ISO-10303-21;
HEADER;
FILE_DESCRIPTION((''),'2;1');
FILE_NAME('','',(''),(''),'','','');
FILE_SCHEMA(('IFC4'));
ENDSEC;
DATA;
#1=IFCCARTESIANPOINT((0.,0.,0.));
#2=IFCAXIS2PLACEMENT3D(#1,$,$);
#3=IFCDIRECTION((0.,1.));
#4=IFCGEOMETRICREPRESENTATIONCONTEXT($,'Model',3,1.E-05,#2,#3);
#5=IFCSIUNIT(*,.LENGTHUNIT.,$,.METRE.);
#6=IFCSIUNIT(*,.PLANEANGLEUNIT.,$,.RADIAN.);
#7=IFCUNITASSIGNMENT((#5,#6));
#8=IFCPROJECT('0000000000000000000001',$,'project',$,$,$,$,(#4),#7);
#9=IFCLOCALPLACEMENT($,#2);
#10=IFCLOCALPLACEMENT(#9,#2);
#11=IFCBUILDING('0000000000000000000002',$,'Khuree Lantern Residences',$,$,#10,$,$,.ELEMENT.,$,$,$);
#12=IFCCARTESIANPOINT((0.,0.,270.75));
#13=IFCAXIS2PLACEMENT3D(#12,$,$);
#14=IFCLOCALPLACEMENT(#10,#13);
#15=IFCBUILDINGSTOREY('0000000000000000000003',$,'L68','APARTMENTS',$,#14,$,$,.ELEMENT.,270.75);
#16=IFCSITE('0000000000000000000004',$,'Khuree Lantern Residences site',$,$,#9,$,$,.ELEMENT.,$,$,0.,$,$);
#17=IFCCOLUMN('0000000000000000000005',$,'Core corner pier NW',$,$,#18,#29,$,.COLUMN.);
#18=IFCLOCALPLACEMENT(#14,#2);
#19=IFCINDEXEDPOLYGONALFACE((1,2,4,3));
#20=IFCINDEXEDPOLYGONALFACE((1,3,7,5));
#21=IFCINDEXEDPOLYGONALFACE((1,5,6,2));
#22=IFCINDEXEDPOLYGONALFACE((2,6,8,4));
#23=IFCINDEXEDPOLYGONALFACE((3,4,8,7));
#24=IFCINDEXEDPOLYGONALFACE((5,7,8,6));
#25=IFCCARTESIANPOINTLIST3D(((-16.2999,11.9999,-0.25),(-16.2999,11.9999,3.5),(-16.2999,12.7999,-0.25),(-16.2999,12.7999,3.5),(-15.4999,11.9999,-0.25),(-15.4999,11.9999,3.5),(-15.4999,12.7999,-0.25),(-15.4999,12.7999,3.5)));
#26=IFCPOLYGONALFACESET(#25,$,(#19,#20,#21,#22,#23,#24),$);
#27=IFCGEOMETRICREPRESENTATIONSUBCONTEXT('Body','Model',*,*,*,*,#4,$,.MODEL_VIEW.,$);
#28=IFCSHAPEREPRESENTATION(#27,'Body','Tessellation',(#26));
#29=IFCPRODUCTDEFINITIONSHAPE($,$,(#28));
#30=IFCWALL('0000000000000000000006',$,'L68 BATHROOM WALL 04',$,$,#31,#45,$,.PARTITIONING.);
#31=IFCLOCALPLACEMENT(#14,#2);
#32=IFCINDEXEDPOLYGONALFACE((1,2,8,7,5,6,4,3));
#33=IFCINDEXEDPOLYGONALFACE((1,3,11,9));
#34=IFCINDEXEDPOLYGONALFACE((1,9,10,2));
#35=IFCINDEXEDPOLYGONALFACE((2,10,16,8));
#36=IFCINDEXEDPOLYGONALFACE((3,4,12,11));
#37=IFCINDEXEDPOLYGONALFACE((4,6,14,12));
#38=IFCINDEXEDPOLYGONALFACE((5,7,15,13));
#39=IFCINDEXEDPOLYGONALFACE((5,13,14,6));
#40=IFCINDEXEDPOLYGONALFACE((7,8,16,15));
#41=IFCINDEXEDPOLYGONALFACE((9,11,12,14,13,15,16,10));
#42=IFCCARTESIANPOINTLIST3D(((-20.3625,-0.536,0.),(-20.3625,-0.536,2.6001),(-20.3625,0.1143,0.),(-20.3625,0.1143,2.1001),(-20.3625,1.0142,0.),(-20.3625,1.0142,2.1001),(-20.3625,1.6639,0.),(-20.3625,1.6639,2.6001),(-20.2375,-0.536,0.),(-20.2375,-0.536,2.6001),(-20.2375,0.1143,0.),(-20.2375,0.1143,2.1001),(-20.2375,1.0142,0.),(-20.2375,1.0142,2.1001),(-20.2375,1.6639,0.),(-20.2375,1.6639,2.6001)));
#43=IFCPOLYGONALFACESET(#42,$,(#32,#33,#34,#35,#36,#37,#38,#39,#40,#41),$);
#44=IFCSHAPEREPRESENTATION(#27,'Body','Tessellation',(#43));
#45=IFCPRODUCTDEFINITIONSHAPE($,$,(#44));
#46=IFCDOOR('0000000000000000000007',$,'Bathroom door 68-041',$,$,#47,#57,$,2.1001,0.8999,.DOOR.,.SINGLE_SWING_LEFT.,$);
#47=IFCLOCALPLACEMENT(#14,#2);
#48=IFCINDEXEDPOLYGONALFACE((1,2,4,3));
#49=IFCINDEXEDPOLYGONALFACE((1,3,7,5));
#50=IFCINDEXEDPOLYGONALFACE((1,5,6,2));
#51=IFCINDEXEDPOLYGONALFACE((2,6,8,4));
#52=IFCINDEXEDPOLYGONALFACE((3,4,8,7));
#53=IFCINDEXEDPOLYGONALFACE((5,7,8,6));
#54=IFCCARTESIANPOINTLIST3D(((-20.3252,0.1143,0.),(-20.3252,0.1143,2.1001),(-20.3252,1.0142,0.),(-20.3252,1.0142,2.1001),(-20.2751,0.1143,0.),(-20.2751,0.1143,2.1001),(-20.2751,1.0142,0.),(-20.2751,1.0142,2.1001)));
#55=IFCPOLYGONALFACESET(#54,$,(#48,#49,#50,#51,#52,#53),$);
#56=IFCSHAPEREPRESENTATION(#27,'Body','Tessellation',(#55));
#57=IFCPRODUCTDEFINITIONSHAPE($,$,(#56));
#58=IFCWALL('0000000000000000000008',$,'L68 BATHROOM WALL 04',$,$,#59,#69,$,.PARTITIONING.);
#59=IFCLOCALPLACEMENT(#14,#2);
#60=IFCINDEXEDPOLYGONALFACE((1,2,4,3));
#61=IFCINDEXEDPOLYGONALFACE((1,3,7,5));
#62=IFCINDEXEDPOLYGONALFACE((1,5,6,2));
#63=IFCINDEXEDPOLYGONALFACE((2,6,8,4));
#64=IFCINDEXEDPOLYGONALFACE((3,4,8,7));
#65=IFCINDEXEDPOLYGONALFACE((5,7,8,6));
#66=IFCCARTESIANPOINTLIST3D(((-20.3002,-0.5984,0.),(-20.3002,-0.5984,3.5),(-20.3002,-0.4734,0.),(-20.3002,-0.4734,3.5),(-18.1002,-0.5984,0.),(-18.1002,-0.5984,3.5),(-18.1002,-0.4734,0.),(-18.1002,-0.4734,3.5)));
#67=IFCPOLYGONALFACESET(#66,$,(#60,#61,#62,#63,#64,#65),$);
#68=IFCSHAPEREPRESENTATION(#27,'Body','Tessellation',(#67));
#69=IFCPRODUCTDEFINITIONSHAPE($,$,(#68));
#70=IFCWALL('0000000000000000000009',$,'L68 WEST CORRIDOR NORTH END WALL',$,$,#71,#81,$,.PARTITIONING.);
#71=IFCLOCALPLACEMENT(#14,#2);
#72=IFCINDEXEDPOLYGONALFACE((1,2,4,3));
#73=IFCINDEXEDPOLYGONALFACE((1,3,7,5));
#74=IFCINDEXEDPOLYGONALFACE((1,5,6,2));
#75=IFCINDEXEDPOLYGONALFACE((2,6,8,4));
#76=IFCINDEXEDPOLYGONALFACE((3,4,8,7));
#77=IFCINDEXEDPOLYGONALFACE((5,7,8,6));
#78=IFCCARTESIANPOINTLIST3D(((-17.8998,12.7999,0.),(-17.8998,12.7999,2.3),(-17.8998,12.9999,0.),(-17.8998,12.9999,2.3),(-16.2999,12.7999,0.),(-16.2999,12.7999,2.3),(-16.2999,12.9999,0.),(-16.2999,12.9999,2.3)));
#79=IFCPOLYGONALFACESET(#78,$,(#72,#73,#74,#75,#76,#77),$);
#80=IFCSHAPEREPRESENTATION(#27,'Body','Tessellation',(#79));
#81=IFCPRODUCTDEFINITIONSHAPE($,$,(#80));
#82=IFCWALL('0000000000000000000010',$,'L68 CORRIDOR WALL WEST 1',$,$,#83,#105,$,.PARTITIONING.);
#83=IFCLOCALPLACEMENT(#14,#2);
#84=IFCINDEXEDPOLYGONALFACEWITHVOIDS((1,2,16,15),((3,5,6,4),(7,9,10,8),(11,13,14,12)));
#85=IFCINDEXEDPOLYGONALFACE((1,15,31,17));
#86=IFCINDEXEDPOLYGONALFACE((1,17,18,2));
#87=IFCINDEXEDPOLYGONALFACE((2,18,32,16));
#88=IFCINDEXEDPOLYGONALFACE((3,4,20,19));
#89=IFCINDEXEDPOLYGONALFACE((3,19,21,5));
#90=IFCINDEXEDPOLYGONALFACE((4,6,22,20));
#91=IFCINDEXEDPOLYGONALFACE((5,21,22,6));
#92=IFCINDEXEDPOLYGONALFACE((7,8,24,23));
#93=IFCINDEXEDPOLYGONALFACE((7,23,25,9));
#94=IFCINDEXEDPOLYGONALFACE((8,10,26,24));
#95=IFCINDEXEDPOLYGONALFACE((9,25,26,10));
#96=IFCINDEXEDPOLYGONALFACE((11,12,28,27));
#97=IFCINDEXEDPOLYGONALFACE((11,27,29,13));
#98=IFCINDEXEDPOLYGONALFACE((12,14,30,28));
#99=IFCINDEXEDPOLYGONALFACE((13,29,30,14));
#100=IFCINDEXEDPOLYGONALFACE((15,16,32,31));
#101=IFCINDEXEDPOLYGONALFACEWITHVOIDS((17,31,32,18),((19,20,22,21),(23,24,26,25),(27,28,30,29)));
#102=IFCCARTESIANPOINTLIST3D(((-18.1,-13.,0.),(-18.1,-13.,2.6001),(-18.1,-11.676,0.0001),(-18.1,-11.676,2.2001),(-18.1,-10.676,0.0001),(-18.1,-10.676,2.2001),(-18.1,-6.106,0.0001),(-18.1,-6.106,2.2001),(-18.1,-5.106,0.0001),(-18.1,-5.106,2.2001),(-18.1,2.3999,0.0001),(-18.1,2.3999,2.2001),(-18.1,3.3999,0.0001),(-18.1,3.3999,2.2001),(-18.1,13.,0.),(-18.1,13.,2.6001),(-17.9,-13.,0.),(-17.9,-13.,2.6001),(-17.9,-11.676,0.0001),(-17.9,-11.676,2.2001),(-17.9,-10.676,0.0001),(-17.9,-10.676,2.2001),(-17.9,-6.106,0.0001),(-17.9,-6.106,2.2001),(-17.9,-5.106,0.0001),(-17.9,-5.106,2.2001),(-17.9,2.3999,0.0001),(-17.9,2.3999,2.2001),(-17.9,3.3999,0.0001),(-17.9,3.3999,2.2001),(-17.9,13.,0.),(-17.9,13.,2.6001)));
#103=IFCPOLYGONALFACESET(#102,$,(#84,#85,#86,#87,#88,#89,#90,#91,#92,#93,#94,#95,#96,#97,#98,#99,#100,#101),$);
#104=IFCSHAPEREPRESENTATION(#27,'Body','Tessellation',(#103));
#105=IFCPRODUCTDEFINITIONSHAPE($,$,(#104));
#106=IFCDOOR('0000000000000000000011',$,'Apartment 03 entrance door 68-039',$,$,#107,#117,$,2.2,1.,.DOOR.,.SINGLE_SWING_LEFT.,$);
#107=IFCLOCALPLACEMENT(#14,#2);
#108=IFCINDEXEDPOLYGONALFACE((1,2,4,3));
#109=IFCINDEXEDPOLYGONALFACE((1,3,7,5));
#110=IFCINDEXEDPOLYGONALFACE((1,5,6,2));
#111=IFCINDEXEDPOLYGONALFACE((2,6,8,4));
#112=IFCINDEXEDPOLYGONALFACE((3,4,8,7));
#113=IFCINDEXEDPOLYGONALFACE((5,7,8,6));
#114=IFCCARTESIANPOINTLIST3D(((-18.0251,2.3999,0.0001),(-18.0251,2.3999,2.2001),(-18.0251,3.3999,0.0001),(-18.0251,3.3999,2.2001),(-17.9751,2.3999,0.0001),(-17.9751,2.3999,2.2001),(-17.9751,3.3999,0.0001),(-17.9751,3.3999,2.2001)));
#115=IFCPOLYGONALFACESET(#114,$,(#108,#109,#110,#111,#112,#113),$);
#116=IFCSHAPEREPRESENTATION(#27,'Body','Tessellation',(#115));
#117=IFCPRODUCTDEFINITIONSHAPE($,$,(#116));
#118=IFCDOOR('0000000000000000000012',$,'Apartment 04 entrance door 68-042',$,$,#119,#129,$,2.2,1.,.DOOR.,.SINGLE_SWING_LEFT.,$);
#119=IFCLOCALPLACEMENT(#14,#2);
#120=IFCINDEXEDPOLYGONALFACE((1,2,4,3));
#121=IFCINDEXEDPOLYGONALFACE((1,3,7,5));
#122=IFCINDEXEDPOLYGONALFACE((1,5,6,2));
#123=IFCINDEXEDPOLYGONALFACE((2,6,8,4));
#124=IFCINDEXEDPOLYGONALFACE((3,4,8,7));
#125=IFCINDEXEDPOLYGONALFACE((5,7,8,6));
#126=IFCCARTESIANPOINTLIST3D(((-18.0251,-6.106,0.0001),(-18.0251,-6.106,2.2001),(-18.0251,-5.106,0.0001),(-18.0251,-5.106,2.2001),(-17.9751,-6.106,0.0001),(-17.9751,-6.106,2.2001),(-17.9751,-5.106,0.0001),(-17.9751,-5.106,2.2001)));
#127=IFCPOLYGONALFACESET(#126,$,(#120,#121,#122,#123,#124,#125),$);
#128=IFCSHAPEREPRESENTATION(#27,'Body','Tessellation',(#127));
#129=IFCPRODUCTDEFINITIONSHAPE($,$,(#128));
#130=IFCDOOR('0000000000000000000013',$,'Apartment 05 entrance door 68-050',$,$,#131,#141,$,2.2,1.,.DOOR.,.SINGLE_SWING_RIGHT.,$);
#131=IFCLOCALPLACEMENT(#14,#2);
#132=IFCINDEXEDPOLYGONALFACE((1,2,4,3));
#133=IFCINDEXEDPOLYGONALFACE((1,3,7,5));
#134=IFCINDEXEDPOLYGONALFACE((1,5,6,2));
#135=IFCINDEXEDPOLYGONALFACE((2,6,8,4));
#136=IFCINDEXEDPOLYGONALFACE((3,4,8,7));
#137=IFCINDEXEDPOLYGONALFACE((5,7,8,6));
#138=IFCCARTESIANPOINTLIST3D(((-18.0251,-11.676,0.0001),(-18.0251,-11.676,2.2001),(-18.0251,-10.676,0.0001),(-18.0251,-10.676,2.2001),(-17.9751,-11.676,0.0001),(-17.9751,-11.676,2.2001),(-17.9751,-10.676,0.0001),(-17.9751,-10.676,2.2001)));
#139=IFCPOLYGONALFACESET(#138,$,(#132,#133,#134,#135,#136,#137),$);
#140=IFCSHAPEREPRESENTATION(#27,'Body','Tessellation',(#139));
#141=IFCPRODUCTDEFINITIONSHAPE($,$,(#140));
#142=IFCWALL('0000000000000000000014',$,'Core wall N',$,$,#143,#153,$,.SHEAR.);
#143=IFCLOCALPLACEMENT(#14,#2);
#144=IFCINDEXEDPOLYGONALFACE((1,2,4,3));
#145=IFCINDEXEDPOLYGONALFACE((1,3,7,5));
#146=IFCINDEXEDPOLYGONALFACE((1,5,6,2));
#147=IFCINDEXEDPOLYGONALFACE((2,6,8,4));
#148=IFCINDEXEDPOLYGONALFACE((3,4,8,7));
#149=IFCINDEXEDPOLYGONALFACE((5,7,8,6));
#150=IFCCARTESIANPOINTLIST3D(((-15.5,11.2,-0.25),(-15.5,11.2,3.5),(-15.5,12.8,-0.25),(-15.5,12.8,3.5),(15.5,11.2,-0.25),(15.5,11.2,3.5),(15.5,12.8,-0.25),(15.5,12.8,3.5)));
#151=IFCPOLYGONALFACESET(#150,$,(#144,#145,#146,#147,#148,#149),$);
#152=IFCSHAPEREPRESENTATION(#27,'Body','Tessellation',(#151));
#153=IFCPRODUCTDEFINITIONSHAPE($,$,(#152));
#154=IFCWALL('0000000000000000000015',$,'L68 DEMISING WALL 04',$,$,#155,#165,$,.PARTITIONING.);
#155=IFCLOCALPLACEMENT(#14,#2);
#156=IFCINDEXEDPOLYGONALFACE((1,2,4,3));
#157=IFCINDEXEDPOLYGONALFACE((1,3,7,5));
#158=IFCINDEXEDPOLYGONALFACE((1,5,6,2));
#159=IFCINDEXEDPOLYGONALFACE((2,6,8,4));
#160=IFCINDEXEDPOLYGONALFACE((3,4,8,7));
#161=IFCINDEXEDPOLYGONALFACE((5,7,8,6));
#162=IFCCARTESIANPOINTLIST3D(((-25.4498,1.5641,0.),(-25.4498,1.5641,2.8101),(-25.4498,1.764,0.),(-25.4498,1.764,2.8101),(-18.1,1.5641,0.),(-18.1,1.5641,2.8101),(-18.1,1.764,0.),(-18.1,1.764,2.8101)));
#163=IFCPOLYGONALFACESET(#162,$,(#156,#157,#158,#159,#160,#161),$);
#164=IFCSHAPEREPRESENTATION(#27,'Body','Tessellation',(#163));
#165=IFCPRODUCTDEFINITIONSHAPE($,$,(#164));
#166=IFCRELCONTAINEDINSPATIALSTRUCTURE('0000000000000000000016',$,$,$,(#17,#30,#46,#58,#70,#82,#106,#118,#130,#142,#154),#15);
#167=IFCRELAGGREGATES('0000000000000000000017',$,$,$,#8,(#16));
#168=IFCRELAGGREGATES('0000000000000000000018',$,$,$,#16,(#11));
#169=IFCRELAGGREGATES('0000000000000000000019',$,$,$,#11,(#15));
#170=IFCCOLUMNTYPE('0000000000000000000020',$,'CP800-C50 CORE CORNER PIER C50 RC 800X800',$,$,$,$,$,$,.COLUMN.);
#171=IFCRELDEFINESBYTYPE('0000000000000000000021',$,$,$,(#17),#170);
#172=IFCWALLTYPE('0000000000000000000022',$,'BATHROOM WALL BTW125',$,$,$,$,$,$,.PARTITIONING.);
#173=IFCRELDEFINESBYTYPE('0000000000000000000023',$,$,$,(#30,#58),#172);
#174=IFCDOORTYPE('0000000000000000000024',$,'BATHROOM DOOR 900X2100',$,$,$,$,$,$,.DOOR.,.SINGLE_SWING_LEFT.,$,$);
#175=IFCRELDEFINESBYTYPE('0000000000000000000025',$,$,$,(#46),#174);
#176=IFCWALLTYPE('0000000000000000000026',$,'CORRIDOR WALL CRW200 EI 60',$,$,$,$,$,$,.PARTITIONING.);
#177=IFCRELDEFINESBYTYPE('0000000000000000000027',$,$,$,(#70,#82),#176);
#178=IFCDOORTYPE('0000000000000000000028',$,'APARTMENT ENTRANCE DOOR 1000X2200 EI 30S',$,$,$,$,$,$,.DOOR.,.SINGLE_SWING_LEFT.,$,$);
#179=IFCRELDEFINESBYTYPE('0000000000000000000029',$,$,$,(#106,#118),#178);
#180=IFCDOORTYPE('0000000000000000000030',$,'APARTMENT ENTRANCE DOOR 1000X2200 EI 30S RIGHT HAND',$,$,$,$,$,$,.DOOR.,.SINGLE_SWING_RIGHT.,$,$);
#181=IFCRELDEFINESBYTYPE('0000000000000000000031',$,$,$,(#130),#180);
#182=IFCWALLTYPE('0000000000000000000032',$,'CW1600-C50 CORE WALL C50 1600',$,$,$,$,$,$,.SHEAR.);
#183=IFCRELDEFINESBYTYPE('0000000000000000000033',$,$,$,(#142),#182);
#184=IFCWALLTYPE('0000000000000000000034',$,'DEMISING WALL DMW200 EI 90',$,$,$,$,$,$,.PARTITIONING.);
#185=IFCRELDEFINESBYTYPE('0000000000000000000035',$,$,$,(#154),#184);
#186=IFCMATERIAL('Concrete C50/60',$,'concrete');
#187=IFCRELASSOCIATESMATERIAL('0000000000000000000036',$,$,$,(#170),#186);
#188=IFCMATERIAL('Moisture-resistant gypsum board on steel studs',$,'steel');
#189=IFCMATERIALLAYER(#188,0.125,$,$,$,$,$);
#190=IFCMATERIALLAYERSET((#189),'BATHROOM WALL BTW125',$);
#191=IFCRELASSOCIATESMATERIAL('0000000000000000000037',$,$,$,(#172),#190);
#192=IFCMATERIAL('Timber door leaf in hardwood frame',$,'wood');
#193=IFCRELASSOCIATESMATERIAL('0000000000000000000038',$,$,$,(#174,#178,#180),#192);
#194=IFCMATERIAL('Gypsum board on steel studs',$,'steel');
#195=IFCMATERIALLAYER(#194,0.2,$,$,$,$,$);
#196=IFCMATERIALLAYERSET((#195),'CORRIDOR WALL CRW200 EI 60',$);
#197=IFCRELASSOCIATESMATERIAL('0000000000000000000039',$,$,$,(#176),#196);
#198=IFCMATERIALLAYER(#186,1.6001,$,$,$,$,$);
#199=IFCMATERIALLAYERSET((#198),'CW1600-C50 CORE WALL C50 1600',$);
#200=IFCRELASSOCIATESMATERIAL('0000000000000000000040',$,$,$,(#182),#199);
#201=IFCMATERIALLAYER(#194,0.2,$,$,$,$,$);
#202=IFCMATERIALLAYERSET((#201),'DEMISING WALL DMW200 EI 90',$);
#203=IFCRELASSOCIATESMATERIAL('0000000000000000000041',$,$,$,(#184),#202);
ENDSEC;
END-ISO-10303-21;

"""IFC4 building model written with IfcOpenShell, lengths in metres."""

from ifc_helpers import new_model, si_unit, direction, frame, frame_2d, origin, origin_2d, place, context, subcontext, project, spatial, rectangle, extrude, material, layer, layer_set, material_profile, profile_set, type_object, element, fill, save


model = new_model("IFC4")

# Units and contexts
model_context = context("Model", 3, precision=1e-05, world=origin(), true_north=direction((0.0, 1.0)))
body_context = subcontext(model_context, "Body", "Model", "MODEL_VIEW")
ifc_project = project(units=[si_unit("LENGTHUNIT", "METRE"), si_unit("PLANEANGLEUNIT", "RADIAN")], contexts=[model_context])

# Site, building, storey
site_placement = place(None, origin())
site = spatial("IfcSite", under=ifc_project, at=site_placement, Name="Khuree Lantern Residences site", CompositionType="ELEMENT", RefElevation=0.0)
building_placement = place(site_placement, origin())
building = spatial("IfcBuilding", under=site, at=building_placement, Name="Khuree Lantern Residences", CompositionType="ELEMENT")
storey_placement = place(building_placement, frame((0.0, 0.0, 270.75)))
storey = spatial("IfcBuildingStorey", under=building, at=storey_placement, Name="L68", Description="APARTMENTS", CompositionType="ELEMENT", Elevation=270.75)

# Column
ifc_material_1 = material(Name="Concrete C50/60", Category="concrete")
ifc_material_profile = material_profile(ifc_material_1, rectangle(XDim=0.8, YDim=0.8, at=origin_2d()), Name="RC 800X800")
ifc_profile_set = profile_set([ifc_material_profile], Name="Concrete C50/60")
column_type = type_object("IfcColumnType", Name="CP800-C50 CORE CORNER PIER C50 RC 800X800", PredefinedType="COLUMN", material=ifc_profile_set)
column_placement = place(storey_placement, frame((-15.8999, 12.3999, -0.25), z_axis=(0.0, 0.0, 1.0), x_axis=(1.0, 0.0, 0.0)))
element("IfcColumn", 1, at=column_placement, inside=storey, type_object=column_type, Name="Core corner pier NW", PredefinedType="COLUMN", context=body_context, shape_type="SweptSolid", body=[
    extrude(rectangle(XDim=0.8, YDim=0.8, at=origin_2d()), origin(), (0.0, 0.0, 1.0), 3.75),
])

# Wall, opening, door
ifc_material_2 = material(Name="Moisture-resistant gypsum board on steel studs", Category="steel")
ifc_layer_1 = layer(ifc_material_2, 0.125)
ifc_layer_set_1 = layer_set([ifc_layer_1], Name="BATHROOM WALL BTW125")
wall_type_1 = type_object("IfcWallType", Name="BATHROOM WALL BTW125", PredefinedType="PARTITIONING", material=ifc_layer_set_1)
wall_1_placement = place(storey_placement, frame((-20.3, 1.6641, 0.0), z_axis=(0.0, 0.0, 1.0), x_axis=(0.0, -1.0, 0.0)))
wall_1 = element("IfcWall", 2, at=wall_1_placement, inside=storey, type_object=wall_type_1, Name="L68 BATHROOM WALL 04", PredefinedType="PARTITIONING", context=body_context, shape_type="SweptSolid", body=[
    extrude(rectangle(XDim=2.2, YDim=0.125, at=frame_2d((1.1001, 0.0))), origin(), (0.0, 0.0, 1.0), 2.6001),
])
opening_1_placement = place(wall_1_placement, frame((0.6499, 0.0, 0.0)))
opening_1 = element("IfcOpeningElement", 3, at=opening_1_placement, cuts=wall_1, PredefinedType="OPENING", context=body_context, shape_type="SweptSolid", body=[
    extrude(rectangle(XDim=0.8999, YDim=2.1001, at=frame_2d((0.45, 1.05))), frame((0.0, 0.0725, 0.0), z_axis=(0.0, -1.0, 0.0), x_axis=(1.0, 0.0, 0.0)), (0.0, 0.0, 1.0), 0.145),
])
ifc_material_3 = material(Name="Timber door leaf in hardwood frame", Category="wood")
door_type_1 = type_object("IfcDoorType", Name="BATHROOM DOOR 900X2100", OperationType="SINGLE_SWING_LEFT", PredefinedType="DOOR", material=ifc_material_3)
door_1_placement = place(opening_1_placement, origin())
door_1 = element("IfcDoor", 4, at=door_1_placement, inside=storey, type_object=door_type_1, Name="Bathroom door 68-041", OperationType="SINGLE_SWING_LEFT", OverallHeight=2.1001, OverallWidth=0.8999, PredefinedType="DOOR", context=body_context, shape_type="SweptSolid", body=[
    extrude(rectangle(XDim=0.8999, YDim=2.1001, at=frame_2d((0.45, 1.05))), frame((0.0, 0.0249, 0.0), z_axis=(0.0, -1.0, 0.0), x_axis=(1.0, 0.0, 0.0)), (0.0, 0.0, 1.0), 0.05),
])
fill(opening_1, door_1)

# Walls
wall_2_placement = place(storey_placement, frame((-18.1001, -0.5359, 0.0), z_axis=(0.0, 0.0, 1.0), x_axis=(-1.0, 0.0, 0.0)))
element("IfcWall", 5, at=wall_2_placement, inside=storey, type_object=wall_type_1, Name="L68 BATHROOM WALL 04", PredefinedType="PARTITIONING", context=body_context, shape_type="SweptSolid", body=[
    extrude(rectangle(XDim=2.2, YDim=0.125, at=frame_2d((1.1001, 0.0))), origin(), (0.0, 0.0, 1.0), 3.5),
])
ifc_material_4 = material(Name="Gypsum board on steel studs", Category="steel")
ifc_layer_2 = layer(ifc_material_4, 0.2)
ifc_layer_set_2 = layer_set([ifc_layer_2], Name="CORRIDOR WALL CRW200 EI 60")
wall_type_2 = type_object("IfcWallType", Name="CORRIDOR WALL CRW200 EI 60", PredefinedType="PARTITIONING", material=ifc_layer_set_2)
wall_3_placement = place(storey_placement, frame((-16.3, 12.8999, 0.0), z_axis=(0.0, 0.0, 1.0), x_axis=(-1.0, 0.0, 0.0)))
element("IfcWall", 6, at=wall_3_placement, inside=storey, type_object=wall_type_2, Name="L68 WEST CORRIDOR NORTH END WALL", PredefinedType="PARTITIONING", context=body_context, shape_type="SweptSolid", body=[
    extrude(rectangle(XDim=1.5999, YDim=0.2, at=frame_2d((0.7998, 0.0))), origin(), (0.0, 0.0, 1.0), 2.3),
])

# Wall, openings, doors
wall_4_placement = place(storey_placement, frame((-18.0, 13.0, 0.0), z_axis=(0.0, 0.0, 1.0), x_axis=(0.0, -1.0, 0.0)))
wall_4 = element("IfcWall", 7, at=wall_4_placement, inside=storey, type_object=wall_type_2, Name="L68 CORRIDOR WALL WEST 1", PredefinedType="PARTITIONING", context=body_context, shape_type="SweptSolid", body=[
    extrude(rectangle(XDim=26.0, YDim=0.2, at=frame_2d((13.0, 0.0))), origin(), (0.0, 0.0, 1.0), 2.6001),
])
opening_2_placement = place(wall_4_placement, frame((9.6001, 0.0, 0.0)))
opening_2 = element("IfcOpeningElement", 8, at=opening_2_placement, cuts=wall_4, PredefinedType="OPENING", context=body_context, shape_type="SweptSolid", body=[
    extrude(rectangle(XDim=1.0, YDim=2.2, at=frame_2d((0.5, 1.1001))), frame((0.0, 0.1099, 0.0), z_axis=(0.0, -1.0, 0.0), x_axis=(1.0, 0.0, 0.0)), (0.0, 0.0, 1.0), 0.22),
])
opening_3_placement = place(wall_4_placement, frame((18.106, 0.0, 0.0)))
opening_3 = element("IfcOpeningElement", 9, at=opening_3_placement, cuts=wall_4, PredefinedType="OPENING", context=body_context, shape_type="SweptSolid", body=[
    extrude(rectangle(XDim=1.0, YDim=2.2, at=frame_2d((0.5, 1.1001))), frame((0.0, 0.1099, 0.0), z_axis=(0.0, -1.0, 0.0), x_axis=(1.0, 0.0, 0.0)), (0.0, 0.0, 1.0), 0.22),
])
opening_4_placement = place(wall_4_placement, frame((23.676, 0.0, 0.0)))
opening_4 = element("IfcOpeningElement", 10, at=opening_4_placement, cuts=wall_4, PredefinedType="OPENING", context=body_context, shape_type="SweptSolid", body=[
    extrude(rectangle(XDim=1.0, YDim=2.2, at=frame_2d((0.5, 1.1001))), frame((0.0, 0.1099, 0.0), z_axis=(0.0, -1.0, 0.0), x_axis=(1.0, 0.0, 0.0)), (0.0, 0.0, 1.0), 0.22),
])
door_type_2 = type_object("IfcDoorType", Name="APARTMENT ENTRANCE DOOR 1000X2200 EI 30S", OperationType="SINGLE_SWING_LEFT", PredefinedType="DOOR", material=ifc_material_3)
door_2_placement = place(opening_2_placement, origin())
door_2 = element("IfcDoor", 11, at=door_2_placement, inside=storey, type_object=door_type_2, Name="Apartment 03 entrance door 68-039", OperationType="SINGLE_SWING_LEFT", OverallHeight=2.2, OverallWidth=1.0, PredefinedType="DOOR", context=body_context, shape_type="SweptSolid", body=[
    extrude(rectangle(XDim=1.0, YDim=2.2, at=frame_2d((0.5, 1.1001))), frame((0.0, 0.0249, 0.0), z_axis=(0.0, -1.0, 0.0), x_axis=(1.0, 0.0, 0.0)), (0.0, 0.0, 1.0), 0.05),
])
fill(opening_2, door_2)
door_3_placement = place(opening_3_placement, origin())
door_3 = element("IfcDoor", 12, at=door_3_placement, inside=storey, type_object=door_type_2, Name="Apartment 04 entrance door 68-042", OperationType="SINGLE_SWING_LEFT", OverallHeight=2.2, OverallWidth=1.0, PredefinedType="DOOR", context=body_context, shape_type="SweptSolid", body=[
    extrude(rectangle(XDim=1.0, YDim=2.2, at=frame_2d((0.5, 1.1001))), frame((0.0, 0.0249, 0.0), z_axis=(0.0, -1.0, 0.0), x_axis=(1.0, 0.0, 0.0)), (0.0, 0.0, 1.0), 0.05),
])
fill(opening_3, door_3)
door_type_3 = type_object("IfcDoorType", Name="APARTMENT ENTRANCE DOOR 1000X2200 EI 30S RIGHT HAND", OperationType="SINGLE_SWING_RIGHT", PredefinedType="DOOR", material=ifc_material_3)
door_4_placement = place(opening_4_placement, origin())
door_4 = element("IfcDoor", 13, at=door_4_placement, inside=storey, type_object=door_type_3, Name="Apartment 05 entrance door 68-050", OperationType="SINGLE_SWING_RIGHT", OverallHeight=2.2, OverallWidth=1.0, PredefinedType="DOOR", context=body_context, shape_type="SweptSolid", body=[
    extrude(rectangle(XDim=1.0, YDim=2.2, at=frame_2d((0.5, 1.1001))), frame((0.0, 0.0249, 0.0), z_axis=(0.0, -1.0, 0.0), x_axis=(1.0, 0.0, 0.0)), (0.0, 0.0, 1.0), 0.05),
])
fill(opening_4, door_4)

# Walls
ifc_layer_3 = layer(ifc_material_1, 1.6001)
ifc_layer_set_3 = layer_set([ifc_layer_3], Name="CW1600-C50 CORE WALL C50 1600")
wall_type_3 = type_object("IfcWallType", Name="CW1600-C50 CORE WALL C50 1600", PredefinedType="SHEAR", material=ifc_layer_set_3)
wall_5_placement = place(storey_placement, frame((-15.5, 12.0, -0.25), z_axis=(0.0, 0.0, 1.0), x_axis=(1.0, 0.0, 0.0)))
element("IfcWall", 14, at=wall_5_placement, inside=storey, type_object=wall_type_3, Name="Core wall N", PredefinedType="SHEAR", context=body_context, shape_type="SweptSolid", body=[
    extrude(rectangle(XDim=31.0, YDim=1.6001, at=frame_2d((15.5, 0.0))), origin(), (0.0, 0.0, 1.0), 3.75),
])
ifc_layer_4 = layer(ifc_material_4, 0.2)
ifc_layer_set_4 = layer_set([ifc_layer_4], Name="DEMISING WALL DMW200 EI 90")
wall_type_4 = type_object("IfcWallType", Name="DEMISING WALL DMW200 EI 90", PredefinedType="PARTITIONING", material=ifc_layer_set_4)
wall_6_placement = place(storey_placement, frame((-18.1001, 1.6641, 0.0), z_axis=(0.0, 0.0, 1.0), x_axis=(-1.0, 0.0, 0.0)))
element("IfcWall", 15, at=wall_6_placement, inside=storey, type_object=wall_type_4, Name="L68 DEMISING WALL 04", PredefinedType="PARTITIONING", context=body_context, shape_type="SweptSolid", body=[
    extrude(rectangle(XDim=7.3499, YDim=0.2, at=frame_2d((3.6748, 0.0))), origin(), (0.0, 0.0, 1.0), 2.8101),
])

save(model, "model.ifc")
